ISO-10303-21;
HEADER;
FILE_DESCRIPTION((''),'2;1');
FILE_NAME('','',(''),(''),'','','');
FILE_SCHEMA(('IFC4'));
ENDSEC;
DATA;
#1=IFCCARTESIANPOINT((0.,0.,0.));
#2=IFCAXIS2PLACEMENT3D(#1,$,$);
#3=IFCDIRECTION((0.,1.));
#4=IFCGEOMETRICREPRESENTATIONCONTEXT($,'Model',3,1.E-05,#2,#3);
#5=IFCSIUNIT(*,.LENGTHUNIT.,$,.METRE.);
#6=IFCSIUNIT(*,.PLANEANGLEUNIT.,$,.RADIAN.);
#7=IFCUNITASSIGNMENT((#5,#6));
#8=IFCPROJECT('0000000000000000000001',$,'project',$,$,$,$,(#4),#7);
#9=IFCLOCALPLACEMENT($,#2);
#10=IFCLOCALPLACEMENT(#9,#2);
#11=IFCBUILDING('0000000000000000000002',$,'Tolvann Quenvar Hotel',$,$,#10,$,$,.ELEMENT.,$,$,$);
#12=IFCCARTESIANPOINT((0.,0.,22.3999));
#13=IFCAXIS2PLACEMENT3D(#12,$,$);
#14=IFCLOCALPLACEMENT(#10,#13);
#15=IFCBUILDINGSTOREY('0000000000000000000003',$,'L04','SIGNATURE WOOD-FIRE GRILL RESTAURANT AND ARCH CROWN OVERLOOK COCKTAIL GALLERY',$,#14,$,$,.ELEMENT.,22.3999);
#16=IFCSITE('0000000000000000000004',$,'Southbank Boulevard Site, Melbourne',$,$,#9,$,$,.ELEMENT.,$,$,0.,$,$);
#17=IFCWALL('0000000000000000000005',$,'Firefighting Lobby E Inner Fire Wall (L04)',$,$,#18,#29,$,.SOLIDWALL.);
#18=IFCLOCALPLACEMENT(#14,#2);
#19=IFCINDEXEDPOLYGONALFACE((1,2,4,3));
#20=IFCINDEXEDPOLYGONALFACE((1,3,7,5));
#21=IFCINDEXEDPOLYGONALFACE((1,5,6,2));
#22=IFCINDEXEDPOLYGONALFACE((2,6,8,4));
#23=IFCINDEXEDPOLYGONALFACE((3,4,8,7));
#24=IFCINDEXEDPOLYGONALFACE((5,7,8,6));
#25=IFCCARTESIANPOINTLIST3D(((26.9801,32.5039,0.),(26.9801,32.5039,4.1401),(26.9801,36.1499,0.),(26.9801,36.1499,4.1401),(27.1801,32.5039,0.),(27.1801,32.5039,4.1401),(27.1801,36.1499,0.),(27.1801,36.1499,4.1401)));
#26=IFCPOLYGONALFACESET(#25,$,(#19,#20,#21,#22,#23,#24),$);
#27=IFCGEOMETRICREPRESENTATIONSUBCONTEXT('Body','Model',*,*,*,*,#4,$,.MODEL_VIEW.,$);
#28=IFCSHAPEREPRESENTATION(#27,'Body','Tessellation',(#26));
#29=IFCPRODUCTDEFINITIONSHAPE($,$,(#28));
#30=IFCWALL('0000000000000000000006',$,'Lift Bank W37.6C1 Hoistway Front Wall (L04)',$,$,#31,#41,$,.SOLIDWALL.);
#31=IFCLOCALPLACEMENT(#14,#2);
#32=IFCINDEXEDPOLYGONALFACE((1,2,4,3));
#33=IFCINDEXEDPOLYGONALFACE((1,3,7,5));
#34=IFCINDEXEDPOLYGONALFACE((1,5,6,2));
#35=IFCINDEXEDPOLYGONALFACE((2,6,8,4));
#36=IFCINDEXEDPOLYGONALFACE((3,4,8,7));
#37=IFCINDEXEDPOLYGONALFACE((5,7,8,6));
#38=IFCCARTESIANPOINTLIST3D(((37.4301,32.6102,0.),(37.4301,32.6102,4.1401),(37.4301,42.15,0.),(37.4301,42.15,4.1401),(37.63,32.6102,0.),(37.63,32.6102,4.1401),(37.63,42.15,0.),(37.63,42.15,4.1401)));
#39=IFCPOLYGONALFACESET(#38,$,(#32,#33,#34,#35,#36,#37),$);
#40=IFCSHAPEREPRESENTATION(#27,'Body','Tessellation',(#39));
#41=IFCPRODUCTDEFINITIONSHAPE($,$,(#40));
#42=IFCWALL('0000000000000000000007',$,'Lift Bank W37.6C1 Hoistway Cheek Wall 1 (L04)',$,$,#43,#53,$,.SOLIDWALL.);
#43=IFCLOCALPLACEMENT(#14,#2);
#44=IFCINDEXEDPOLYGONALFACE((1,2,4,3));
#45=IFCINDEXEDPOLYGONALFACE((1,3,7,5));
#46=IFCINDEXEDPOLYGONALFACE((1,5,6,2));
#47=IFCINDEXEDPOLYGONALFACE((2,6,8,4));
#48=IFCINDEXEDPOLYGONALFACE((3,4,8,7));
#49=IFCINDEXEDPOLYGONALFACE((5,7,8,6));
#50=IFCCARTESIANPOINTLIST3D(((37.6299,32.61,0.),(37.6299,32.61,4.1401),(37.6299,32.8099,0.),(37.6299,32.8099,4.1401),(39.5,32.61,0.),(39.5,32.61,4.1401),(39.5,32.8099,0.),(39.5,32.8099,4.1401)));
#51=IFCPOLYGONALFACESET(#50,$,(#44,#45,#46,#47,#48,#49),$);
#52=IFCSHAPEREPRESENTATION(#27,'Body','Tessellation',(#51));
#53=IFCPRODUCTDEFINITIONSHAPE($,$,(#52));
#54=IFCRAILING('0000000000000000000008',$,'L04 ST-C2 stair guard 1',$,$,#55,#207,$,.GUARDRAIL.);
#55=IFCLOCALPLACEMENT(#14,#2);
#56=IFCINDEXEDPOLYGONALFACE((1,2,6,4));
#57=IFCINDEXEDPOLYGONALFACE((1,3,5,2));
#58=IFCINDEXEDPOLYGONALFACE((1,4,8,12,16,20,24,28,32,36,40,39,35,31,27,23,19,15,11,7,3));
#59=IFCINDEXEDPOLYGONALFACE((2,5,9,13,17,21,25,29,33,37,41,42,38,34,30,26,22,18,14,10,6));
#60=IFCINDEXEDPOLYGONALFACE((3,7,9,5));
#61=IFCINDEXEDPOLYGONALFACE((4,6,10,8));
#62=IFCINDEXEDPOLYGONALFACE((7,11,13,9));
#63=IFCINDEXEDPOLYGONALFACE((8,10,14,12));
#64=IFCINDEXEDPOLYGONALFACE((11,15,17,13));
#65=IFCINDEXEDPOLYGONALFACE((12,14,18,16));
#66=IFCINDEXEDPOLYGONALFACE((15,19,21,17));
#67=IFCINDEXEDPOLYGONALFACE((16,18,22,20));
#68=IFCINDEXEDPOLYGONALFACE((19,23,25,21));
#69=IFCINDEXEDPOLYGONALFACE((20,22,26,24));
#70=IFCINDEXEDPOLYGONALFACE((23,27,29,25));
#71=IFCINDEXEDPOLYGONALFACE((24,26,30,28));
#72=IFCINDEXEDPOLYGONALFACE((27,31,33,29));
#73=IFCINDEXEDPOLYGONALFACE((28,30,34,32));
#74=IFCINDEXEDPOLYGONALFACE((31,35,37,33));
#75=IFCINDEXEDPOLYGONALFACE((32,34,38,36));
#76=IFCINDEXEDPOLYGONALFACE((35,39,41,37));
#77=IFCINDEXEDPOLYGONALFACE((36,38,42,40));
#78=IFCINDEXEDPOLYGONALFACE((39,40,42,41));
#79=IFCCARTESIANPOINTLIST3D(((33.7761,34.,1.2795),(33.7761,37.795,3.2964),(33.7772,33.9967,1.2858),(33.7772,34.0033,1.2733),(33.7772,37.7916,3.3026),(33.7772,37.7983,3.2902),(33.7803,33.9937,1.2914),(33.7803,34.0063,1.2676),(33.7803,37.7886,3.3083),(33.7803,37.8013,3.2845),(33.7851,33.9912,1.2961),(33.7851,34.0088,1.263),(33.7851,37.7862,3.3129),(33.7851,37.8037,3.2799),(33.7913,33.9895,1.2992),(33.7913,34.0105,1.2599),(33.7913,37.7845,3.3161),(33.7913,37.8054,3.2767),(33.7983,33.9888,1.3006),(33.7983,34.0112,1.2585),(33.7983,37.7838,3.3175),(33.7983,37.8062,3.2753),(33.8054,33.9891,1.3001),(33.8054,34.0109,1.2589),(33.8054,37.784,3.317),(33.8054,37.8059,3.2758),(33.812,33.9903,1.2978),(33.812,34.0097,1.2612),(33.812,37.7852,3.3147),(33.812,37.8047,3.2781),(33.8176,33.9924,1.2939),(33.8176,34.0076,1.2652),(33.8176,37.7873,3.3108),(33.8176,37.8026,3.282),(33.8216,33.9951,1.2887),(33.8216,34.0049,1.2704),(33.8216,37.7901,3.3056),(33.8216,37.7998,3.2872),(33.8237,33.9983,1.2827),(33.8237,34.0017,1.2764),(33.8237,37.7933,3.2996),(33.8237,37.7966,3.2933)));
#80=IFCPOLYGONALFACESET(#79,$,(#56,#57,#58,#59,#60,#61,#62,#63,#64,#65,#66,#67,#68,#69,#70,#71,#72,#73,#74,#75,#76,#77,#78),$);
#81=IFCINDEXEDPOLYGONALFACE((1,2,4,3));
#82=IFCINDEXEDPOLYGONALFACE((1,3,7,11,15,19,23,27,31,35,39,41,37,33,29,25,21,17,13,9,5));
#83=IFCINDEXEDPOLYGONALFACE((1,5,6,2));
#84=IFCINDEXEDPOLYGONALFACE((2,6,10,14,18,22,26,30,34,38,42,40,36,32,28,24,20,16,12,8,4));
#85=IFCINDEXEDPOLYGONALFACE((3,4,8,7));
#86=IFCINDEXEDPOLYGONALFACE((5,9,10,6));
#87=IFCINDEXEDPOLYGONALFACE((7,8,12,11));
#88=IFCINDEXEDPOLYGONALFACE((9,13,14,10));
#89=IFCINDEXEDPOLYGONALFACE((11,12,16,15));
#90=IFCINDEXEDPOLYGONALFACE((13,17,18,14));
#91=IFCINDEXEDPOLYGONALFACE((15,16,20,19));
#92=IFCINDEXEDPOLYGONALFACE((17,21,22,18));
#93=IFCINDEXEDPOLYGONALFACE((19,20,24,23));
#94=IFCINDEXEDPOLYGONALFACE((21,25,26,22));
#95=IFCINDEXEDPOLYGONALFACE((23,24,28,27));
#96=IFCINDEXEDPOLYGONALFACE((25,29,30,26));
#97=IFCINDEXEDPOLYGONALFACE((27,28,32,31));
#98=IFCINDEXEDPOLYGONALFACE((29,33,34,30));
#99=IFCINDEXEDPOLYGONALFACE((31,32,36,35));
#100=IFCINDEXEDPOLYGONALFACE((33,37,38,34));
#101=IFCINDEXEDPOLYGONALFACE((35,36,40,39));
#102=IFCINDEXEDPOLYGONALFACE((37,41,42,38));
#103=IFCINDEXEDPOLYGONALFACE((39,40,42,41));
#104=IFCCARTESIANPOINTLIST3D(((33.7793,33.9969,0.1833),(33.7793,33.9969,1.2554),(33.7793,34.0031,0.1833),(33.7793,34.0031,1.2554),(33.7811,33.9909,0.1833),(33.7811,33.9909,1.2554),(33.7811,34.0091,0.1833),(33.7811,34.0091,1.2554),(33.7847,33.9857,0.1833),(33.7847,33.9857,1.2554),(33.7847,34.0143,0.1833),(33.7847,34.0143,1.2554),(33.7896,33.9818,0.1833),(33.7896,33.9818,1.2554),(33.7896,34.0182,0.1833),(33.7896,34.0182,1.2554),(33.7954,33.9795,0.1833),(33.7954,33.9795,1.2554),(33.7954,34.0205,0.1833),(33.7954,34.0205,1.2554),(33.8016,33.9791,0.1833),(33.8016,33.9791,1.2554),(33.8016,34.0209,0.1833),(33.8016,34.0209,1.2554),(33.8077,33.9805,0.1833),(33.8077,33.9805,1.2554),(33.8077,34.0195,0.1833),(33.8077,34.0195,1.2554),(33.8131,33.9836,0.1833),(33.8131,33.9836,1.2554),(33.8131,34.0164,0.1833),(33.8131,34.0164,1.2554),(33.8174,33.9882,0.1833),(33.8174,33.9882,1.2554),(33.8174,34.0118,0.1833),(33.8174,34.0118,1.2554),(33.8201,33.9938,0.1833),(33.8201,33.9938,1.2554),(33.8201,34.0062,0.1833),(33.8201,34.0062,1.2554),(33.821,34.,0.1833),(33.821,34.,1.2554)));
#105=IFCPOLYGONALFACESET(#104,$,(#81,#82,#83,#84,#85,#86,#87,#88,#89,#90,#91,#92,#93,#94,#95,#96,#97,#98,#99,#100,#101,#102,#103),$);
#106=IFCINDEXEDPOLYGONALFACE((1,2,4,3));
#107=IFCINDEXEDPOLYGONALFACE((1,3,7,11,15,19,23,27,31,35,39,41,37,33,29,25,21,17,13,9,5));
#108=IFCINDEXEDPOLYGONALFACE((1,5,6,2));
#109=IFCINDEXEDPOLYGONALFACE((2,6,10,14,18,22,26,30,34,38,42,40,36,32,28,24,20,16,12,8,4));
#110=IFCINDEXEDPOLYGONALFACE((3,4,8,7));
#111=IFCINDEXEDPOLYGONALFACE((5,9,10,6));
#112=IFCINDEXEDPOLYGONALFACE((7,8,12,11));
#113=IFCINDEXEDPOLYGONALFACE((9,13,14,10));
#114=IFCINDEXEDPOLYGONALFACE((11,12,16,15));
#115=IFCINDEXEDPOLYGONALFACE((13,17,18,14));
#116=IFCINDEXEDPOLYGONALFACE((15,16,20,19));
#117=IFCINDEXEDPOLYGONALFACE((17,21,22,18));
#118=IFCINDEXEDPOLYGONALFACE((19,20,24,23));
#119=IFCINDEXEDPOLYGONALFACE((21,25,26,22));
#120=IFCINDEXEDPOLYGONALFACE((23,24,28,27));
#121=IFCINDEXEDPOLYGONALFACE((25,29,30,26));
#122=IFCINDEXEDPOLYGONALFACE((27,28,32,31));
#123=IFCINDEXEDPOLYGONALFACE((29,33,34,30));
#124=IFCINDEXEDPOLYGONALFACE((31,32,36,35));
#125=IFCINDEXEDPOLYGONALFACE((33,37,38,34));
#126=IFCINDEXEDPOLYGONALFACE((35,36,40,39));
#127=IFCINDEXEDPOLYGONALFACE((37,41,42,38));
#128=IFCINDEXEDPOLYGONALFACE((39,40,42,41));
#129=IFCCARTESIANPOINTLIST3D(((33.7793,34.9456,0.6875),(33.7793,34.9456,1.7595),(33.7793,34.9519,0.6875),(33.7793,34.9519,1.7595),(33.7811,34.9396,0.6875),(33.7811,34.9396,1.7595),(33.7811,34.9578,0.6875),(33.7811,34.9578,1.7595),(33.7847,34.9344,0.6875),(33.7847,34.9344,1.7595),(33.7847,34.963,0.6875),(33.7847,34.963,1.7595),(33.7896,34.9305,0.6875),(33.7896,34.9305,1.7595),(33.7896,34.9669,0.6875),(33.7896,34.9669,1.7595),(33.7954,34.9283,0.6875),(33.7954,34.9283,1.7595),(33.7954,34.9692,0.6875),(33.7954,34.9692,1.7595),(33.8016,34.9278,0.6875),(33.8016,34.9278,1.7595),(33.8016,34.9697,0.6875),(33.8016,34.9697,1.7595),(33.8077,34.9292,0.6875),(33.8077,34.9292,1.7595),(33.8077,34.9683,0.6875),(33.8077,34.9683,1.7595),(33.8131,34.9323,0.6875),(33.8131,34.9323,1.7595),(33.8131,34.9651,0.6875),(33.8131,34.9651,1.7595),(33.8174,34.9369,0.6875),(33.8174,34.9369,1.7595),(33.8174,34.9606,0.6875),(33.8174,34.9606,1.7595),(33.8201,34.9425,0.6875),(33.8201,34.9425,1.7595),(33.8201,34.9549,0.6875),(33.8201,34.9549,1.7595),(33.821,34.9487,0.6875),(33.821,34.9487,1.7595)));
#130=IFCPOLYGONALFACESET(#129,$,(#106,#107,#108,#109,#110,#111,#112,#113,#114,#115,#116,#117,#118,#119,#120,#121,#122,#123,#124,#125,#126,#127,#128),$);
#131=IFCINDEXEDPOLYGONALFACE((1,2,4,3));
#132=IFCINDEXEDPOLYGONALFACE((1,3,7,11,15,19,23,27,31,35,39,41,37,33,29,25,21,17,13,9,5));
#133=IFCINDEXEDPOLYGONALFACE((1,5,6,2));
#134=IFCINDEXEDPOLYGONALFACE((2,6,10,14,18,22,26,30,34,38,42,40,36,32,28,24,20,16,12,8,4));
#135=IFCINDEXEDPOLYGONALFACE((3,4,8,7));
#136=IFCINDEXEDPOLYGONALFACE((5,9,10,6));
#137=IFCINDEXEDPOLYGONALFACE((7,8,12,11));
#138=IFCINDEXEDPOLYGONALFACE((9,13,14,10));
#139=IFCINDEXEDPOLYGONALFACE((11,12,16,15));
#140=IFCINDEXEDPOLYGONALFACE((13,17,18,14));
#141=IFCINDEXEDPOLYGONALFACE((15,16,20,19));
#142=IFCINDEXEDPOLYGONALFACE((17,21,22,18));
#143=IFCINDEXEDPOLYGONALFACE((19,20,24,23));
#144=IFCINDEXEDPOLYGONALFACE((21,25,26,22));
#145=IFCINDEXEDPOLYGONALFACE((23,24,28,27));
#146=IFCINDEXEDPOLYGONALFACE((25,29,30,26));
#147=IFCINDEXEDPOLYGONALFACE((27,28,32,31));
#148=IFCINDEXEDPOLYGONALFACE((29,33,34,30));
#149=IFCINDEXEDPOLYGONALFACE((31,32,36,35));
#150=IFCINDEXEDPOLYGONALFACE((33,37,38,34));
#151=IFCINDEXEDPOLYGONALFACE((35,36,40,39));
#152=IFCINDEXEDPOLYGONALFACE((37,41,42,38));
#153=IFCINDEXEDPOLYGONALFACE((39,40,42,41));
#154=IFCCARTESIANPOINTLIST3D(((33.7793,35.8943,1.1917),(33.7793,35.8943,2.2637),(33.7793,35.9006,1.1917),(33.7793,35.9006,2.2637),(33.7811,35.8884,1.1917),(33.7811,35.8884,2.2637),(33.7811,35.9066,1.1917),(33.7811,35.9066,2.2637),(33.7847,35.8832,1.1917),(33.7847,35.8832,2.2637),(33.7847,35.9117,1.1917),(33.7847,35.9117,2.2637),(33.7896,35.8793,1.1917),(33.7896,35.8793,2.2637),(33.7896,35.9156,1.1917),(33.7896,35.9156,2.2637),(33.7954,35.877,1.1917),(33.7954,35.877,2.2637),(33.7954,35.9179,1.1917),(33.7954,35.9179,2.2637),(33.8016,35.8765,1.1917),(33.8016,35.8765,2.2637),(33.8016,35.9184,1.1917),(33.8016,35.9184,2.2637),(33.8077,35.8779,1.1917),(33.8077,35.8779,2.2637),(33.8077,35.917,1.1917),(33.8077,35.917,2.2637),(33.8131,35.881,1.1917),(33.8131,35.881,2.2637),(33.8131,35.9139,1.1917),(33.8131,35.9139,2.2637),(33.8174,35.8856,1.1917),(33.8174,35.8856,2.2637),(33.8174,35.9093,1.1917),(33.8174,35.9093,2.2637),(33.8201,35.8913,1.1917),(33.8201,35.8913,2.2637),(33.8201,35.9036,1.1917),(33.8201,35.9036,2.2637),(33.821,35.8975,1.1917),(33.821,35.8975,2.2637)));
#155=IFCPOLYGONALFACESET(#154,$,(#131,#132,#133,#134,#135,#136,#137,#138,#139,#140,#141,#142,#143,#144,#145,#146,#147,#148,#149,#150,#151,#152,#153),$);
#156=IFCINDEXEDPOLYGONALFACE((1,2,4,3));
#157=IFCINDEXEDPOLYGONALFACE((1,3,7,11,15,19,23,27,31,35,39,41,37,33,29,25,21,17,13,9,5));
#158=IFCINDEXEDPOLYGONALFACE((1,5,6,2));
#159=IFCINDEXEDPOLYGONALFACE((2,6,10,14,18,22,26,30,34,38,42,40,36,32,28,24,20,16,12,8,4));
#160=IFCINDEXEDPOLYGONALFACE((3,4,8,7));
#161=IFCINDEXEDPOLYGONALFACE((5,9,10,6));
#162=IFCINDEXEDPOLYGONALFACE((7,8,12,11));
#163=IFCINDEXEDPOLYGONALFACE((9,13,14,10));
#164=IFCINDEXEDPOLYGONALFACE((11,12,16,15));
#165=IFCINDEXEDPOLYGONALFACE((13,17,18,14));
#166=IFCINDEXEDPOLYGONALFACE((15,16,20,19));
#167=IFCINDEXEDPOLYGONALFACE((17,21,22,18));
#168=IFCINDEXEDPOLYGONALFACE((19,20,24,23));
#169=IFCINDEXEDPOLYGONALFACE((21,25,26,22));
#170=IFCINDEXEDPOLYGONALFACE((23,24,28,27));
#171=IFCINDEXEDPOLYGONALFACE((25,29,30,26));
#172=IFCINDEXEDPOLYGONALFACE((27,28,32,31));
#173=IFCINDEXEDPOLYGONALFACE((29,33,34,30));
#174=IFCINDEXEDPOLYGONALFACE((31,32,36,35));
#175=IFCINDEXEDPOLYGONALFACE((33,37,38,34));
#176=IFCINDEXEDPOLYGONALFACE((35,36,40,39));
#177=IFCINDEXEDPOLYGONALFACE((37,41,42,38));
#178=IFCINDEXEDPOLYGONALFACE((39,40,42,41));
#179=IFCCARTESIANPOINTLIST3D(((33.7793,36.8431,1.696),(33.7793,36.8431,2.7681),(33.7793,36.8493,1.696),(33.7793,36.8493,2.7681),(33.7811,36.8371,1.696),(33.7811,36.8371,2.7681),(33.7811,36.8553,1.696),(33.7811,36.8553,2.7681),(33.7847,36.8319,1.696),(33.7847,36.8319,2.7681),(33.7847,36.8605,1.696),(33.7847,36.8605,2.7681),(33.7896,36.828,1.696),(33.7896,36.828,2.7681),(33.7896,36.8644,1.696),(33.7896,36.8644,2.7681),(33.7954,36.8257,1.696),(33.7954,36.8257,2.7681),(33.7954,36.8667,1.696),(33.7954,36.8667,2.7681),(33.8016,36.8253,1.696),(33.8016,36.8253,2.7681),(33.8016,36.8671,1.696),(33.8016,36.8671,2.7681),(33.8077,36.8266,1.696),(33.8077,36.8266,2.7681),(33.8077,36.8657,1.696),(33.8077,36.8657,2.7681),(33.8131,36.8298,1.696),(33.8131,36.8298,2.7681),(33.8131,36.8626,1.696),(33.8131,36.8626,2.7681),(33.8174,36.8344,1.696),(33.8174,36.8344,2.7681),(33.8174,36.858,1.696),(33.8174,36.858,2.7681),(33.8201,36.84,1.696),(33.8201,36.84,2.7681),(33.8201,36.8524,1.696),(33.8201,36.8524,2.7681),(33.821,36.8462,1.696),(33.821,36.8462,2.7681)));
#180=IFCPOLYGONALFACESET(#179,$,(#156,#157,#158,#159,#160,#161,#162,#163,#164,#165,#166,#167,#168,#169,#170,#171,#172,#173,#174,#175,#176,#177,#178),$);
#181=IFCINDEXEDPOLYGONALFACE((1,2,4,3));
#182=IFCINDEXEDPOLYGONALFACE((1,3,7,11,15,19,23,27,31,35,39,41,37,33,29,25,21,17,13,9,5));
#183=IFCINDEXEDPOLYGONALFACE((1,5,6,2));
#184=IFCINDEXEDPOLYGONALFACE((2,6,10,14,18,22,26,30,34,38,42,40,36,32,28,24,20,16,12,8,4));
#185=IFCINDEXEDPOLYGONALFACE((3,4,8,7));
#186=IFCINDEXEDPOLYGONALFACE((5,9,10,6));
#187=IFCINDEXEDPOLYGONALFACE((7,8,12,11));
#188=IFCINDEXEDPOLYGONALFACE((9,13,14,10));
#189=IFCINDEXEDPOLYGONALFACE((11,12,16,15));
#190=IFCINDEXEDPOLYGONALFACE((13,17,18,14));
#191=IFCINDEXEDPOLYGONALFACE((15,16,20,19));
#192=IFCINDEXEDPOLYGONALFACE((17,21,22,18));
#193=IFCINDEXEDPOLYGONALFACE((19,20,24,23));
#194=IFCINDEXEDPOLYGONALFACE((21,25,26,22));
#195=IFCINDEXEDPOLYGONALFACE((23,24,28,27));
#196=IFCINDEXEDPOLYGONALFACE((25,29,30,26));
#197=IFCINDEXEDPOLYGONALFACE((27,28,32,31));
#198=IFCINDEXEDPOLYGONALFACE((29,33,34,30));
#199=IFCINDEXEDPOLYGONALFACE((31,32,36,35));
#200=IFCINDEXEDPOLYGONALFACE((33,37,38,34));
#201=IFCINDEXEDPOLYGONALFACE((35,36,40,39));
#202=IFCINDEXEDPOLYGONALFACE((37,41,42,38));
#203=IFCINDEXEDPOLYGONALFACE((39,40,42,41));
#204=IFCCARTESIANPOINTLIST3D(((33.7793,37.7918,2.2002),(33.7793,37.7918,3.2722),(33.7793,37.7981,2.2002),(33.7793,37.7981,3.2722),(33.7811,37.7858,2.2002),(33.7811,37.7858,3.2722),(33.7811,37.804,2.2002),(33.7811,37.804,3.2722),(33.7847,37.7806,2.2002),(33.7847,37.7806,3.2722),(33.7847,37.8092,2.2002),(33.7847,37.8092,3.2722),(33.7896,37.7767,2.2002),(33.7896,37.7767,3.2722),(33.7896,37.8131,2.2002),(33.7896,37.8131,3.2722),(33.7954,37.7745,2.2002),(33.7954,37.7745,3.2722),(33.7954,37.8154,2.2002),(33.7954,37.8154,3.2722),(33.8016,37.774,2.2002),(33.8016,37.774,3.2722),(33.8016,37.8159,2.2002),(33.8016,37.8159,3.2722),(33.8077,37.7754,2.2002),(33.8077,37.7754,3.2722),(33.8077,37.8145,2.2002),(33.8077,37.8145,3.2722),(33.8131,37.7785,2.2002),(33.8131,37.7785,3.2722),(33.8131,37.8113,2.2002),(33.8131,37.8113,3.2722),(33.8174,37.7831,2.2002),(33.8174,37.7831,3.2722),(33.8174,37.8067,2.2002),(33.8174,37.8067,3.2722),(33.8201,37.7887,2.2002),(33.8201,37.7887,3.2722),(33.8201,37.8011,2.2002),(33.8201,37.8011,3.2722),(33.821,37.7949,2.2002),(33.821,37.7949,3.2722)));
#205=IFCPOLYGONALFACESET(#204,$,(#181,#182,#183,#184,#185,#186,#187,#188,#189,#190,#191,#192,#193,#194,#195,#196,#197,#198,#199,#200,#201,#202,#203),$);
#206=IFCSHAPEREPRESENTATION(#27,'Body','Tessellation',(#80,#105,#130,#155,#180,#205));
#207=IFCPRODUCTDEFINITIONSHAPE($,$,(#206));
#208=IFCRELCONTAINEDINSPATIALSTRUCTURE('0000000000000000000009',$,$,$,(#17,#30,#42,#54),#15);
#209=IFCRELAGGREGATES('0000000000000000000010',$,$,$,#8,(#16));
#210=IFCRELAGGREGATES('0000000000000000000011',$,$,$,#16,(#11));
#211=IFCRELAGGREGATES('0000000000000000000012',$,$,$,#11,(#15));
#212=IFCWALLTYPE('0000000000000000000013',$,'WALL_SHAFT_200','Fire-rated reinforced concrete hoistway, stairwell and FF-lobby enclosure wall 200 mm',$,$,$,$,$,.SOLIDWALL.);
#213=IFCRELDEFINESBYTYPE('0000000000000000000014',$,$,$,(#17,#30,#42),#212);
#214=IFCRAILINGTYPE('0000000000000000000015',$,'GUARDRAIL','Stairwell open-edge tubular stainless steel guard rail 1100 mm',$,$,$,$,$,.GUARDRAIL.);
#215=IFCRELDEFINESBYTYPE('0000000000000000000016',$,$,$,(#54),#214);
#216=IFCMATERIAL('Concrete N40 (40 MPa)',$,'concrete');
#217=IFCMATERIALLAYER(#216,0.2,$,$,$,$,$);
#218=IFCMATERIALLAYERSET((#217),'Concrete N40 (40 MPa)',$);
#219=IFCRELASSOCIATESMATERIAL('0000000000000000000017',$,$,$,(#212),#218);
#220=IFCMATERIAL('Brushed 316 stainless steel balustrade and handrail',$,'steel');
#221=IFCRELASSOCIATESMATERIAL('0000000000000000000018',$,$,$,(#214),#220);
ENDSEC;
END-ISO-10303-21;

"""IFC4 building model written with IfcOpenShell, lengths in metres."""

from ifc_helpers import new_model, si_unit, direction, frame, frame_2d, origin, origin_2d, place, context, subcontext, project, spatial, rectangle, circle, extrude, material, layer, layer_set, type_object, element, save


model = new_model("IFC4")

# Units and contexts
model_context = context("Model", 3, precision=1e-05, world=origin(), true_north=direction((0.0, 1.0)))
body_context = subcontext(model_context, "Body", "Model", "MODEL_VIEW")
ifc_project = project(units=[si_unit("LENGTHUNIT", "METRE"), si_unit("PLANEANGLEUNIT", "RADIAN")], contexts=[model_context])

# Site, building, storey
site_placement = place(None, origin())
site = spatial("IfcSite", under=ifc_project, at=site_placement, Name="Southbank Boulevard Site, Melbourne", CompositionType="ELEMENT", RefElevation=0.0)
building_placement = place(site_placement, origin())
building = spatial("IfcBuilding", under=site, at=building_placement, Name="Tolvann Quenvar Hotel", CompositionType="ELEMENT")
storey_placement = place(building_placement, frame((0.0, 0.0, 22.3999)))
storey = spatial("IfcBuildingStorey", under=building, at=storey_placement, Name="L04", Description="SIGNATURE WOOD-FIRE GRILL RESTAURANT AND ARCH CROWN OVERLOOK COCKTAIL GALLERY", CompositionType="ELEMENT", Elevation=22.3999)

# Walls
ifc_material_1 = material(Name="Concrete N40 (40 MPa)", Category="concrete")
ifc_layer_1 = layer(ifc_material_1, 0.2)
ifc_layer_set_1 = layer_set([ifc_layer_1], Name="Concrete N40 (40 MPa)")
wall_type_1 = type_object("IfcWallType", Name="WALL_SHAFT_200", Description="Fire-rated reinforced concrete hoistway, stairwell and FF-lobby enclosure wall 200 mm", PredefinedType="SOLIDWALL", material=ifc_layer_set_1)
wall_1_placement = place(storey_placement, frame((27.0801, 32.5039, 0.0), z_axis=(0.0, 0.0, 1.0), x_axis=(0.0, 1.0, 0.0)))
element("IfcWall", 1, at=wall_1_placement, inside=storey, type_object=wall_type_1, Name="Firefighting Lobby E Inner Fire Wall (L04)", PredefinedType="SOLIDWALL", context=body_context, shape_type="SweptSolid", body=[
    extrude(rectangle(XDim=3.646, YDim=0.2, at=frame_2d((1.823, 0.0))), origin(), (0.0, 0.0, 1.0), 4.1401),
])
wall_2_placement = place(storey_placement, frame((37.53, 32.6101, 0.0), z_axis=(0.0, 0.0, 1.0), x_axis=(0.0, 1.0, 0.0)))
element("IfcWall", 2, at=wall_2_placement, inside=storey, type_object=wall_type_1, Name="Lift Bank W37.6C1 Hoistway Front Wall (L04)", PredefinedType="SOLIDWALL", context=body_context, shape_type="SweptSolid", body=[
    extrude(rectangle(XDim=9.5398, YDim=0.2, at=frame_2d((4.77, 0.0))), origin(), (0.0, 0.0, 1.0), 4.1401),
])
wall_3_placement = place(storey_placement, frame((37.6299, 32.71, 0.0), z_axis=(0.0, 0.0, 1.0), x_axis=(1.0, 0.0, 0.0)))
element("IfcWall", 3, at=wall_3_placement, inside=storey, type_object=wall_type_1, Name="Lift Bank W37.6C1 Hoistway Cheek Wall 1 (L04)", PredefinedType="SOLIDWALL", context=body_context, shape_type="SweptSolid", body=[
    extrude(rectangle(XDim=1.8701, YDim=0.2, at=frame_2d((0.9351, 0.0))), origin(), (0.0, 0.0, 1.0), 4.1401),
])

# Railing
ifc_material_2 = material(Name="Brushed 316 stainless steel balustrade and handrail", Category="steel")
railing_type = type_object("IfcRailingType", Name="GUARDRAIL", Description="Stairwell open-edge tubular stainless steel guard rail 1100 mm", PredefinedType="GUARDRAIL", material=ifc_material_2)
railing_1_placement = place(storey_placement, frame((33.8, 34.0, 0.1833)))
element("IfcRailing", 4, at=railing_1_placement, inside=storey, type_object=railing_type, Name="L04 ST-C2 stair guard 1", PredefinedType="GUARDRAIL", context=body_context, shape_type="SweptSolid", body=[
    extrude(circle(Radius=0.0239, at=origin_2d()), frame((0.0, 0.0, 1.0962), z_axis=(0.0, 0.883039, 0.469299), x_axis=(-1.0, 0.0, 0.0)), (0.0, 0.0, 1.0), 4.2976),
    extrude(circle(Radius=0.021, at=origin_2d()), origin(), (0.0, 0.0, 1.0), 1.072),
    extrude(circle(Radius=0.021, at=origin_2d()), frame((0.0, 0.9487, 0.5042)), (0.0, 0.0, 1.0), 1.072),
    extrude(circle(Radius=0.021, at=origin_2d()), frame((0.0, 1.8975, 1.0083)), (0.0, 0.0, 1.0), 1.072),
    extrude(circle(Radius=0.021, at=origin_2d()), frame((0.0, 2.8462, 1.5127)), (0.0, 0.0, 1.0), 1.072),
    extrude(circle(Radius=0.021, at=origin_2d()), frame((0.0, 3.7949, 2.0168)), (0.0, 0.0, 1.0), 1.072),
])

save(model, "model.ifc")
